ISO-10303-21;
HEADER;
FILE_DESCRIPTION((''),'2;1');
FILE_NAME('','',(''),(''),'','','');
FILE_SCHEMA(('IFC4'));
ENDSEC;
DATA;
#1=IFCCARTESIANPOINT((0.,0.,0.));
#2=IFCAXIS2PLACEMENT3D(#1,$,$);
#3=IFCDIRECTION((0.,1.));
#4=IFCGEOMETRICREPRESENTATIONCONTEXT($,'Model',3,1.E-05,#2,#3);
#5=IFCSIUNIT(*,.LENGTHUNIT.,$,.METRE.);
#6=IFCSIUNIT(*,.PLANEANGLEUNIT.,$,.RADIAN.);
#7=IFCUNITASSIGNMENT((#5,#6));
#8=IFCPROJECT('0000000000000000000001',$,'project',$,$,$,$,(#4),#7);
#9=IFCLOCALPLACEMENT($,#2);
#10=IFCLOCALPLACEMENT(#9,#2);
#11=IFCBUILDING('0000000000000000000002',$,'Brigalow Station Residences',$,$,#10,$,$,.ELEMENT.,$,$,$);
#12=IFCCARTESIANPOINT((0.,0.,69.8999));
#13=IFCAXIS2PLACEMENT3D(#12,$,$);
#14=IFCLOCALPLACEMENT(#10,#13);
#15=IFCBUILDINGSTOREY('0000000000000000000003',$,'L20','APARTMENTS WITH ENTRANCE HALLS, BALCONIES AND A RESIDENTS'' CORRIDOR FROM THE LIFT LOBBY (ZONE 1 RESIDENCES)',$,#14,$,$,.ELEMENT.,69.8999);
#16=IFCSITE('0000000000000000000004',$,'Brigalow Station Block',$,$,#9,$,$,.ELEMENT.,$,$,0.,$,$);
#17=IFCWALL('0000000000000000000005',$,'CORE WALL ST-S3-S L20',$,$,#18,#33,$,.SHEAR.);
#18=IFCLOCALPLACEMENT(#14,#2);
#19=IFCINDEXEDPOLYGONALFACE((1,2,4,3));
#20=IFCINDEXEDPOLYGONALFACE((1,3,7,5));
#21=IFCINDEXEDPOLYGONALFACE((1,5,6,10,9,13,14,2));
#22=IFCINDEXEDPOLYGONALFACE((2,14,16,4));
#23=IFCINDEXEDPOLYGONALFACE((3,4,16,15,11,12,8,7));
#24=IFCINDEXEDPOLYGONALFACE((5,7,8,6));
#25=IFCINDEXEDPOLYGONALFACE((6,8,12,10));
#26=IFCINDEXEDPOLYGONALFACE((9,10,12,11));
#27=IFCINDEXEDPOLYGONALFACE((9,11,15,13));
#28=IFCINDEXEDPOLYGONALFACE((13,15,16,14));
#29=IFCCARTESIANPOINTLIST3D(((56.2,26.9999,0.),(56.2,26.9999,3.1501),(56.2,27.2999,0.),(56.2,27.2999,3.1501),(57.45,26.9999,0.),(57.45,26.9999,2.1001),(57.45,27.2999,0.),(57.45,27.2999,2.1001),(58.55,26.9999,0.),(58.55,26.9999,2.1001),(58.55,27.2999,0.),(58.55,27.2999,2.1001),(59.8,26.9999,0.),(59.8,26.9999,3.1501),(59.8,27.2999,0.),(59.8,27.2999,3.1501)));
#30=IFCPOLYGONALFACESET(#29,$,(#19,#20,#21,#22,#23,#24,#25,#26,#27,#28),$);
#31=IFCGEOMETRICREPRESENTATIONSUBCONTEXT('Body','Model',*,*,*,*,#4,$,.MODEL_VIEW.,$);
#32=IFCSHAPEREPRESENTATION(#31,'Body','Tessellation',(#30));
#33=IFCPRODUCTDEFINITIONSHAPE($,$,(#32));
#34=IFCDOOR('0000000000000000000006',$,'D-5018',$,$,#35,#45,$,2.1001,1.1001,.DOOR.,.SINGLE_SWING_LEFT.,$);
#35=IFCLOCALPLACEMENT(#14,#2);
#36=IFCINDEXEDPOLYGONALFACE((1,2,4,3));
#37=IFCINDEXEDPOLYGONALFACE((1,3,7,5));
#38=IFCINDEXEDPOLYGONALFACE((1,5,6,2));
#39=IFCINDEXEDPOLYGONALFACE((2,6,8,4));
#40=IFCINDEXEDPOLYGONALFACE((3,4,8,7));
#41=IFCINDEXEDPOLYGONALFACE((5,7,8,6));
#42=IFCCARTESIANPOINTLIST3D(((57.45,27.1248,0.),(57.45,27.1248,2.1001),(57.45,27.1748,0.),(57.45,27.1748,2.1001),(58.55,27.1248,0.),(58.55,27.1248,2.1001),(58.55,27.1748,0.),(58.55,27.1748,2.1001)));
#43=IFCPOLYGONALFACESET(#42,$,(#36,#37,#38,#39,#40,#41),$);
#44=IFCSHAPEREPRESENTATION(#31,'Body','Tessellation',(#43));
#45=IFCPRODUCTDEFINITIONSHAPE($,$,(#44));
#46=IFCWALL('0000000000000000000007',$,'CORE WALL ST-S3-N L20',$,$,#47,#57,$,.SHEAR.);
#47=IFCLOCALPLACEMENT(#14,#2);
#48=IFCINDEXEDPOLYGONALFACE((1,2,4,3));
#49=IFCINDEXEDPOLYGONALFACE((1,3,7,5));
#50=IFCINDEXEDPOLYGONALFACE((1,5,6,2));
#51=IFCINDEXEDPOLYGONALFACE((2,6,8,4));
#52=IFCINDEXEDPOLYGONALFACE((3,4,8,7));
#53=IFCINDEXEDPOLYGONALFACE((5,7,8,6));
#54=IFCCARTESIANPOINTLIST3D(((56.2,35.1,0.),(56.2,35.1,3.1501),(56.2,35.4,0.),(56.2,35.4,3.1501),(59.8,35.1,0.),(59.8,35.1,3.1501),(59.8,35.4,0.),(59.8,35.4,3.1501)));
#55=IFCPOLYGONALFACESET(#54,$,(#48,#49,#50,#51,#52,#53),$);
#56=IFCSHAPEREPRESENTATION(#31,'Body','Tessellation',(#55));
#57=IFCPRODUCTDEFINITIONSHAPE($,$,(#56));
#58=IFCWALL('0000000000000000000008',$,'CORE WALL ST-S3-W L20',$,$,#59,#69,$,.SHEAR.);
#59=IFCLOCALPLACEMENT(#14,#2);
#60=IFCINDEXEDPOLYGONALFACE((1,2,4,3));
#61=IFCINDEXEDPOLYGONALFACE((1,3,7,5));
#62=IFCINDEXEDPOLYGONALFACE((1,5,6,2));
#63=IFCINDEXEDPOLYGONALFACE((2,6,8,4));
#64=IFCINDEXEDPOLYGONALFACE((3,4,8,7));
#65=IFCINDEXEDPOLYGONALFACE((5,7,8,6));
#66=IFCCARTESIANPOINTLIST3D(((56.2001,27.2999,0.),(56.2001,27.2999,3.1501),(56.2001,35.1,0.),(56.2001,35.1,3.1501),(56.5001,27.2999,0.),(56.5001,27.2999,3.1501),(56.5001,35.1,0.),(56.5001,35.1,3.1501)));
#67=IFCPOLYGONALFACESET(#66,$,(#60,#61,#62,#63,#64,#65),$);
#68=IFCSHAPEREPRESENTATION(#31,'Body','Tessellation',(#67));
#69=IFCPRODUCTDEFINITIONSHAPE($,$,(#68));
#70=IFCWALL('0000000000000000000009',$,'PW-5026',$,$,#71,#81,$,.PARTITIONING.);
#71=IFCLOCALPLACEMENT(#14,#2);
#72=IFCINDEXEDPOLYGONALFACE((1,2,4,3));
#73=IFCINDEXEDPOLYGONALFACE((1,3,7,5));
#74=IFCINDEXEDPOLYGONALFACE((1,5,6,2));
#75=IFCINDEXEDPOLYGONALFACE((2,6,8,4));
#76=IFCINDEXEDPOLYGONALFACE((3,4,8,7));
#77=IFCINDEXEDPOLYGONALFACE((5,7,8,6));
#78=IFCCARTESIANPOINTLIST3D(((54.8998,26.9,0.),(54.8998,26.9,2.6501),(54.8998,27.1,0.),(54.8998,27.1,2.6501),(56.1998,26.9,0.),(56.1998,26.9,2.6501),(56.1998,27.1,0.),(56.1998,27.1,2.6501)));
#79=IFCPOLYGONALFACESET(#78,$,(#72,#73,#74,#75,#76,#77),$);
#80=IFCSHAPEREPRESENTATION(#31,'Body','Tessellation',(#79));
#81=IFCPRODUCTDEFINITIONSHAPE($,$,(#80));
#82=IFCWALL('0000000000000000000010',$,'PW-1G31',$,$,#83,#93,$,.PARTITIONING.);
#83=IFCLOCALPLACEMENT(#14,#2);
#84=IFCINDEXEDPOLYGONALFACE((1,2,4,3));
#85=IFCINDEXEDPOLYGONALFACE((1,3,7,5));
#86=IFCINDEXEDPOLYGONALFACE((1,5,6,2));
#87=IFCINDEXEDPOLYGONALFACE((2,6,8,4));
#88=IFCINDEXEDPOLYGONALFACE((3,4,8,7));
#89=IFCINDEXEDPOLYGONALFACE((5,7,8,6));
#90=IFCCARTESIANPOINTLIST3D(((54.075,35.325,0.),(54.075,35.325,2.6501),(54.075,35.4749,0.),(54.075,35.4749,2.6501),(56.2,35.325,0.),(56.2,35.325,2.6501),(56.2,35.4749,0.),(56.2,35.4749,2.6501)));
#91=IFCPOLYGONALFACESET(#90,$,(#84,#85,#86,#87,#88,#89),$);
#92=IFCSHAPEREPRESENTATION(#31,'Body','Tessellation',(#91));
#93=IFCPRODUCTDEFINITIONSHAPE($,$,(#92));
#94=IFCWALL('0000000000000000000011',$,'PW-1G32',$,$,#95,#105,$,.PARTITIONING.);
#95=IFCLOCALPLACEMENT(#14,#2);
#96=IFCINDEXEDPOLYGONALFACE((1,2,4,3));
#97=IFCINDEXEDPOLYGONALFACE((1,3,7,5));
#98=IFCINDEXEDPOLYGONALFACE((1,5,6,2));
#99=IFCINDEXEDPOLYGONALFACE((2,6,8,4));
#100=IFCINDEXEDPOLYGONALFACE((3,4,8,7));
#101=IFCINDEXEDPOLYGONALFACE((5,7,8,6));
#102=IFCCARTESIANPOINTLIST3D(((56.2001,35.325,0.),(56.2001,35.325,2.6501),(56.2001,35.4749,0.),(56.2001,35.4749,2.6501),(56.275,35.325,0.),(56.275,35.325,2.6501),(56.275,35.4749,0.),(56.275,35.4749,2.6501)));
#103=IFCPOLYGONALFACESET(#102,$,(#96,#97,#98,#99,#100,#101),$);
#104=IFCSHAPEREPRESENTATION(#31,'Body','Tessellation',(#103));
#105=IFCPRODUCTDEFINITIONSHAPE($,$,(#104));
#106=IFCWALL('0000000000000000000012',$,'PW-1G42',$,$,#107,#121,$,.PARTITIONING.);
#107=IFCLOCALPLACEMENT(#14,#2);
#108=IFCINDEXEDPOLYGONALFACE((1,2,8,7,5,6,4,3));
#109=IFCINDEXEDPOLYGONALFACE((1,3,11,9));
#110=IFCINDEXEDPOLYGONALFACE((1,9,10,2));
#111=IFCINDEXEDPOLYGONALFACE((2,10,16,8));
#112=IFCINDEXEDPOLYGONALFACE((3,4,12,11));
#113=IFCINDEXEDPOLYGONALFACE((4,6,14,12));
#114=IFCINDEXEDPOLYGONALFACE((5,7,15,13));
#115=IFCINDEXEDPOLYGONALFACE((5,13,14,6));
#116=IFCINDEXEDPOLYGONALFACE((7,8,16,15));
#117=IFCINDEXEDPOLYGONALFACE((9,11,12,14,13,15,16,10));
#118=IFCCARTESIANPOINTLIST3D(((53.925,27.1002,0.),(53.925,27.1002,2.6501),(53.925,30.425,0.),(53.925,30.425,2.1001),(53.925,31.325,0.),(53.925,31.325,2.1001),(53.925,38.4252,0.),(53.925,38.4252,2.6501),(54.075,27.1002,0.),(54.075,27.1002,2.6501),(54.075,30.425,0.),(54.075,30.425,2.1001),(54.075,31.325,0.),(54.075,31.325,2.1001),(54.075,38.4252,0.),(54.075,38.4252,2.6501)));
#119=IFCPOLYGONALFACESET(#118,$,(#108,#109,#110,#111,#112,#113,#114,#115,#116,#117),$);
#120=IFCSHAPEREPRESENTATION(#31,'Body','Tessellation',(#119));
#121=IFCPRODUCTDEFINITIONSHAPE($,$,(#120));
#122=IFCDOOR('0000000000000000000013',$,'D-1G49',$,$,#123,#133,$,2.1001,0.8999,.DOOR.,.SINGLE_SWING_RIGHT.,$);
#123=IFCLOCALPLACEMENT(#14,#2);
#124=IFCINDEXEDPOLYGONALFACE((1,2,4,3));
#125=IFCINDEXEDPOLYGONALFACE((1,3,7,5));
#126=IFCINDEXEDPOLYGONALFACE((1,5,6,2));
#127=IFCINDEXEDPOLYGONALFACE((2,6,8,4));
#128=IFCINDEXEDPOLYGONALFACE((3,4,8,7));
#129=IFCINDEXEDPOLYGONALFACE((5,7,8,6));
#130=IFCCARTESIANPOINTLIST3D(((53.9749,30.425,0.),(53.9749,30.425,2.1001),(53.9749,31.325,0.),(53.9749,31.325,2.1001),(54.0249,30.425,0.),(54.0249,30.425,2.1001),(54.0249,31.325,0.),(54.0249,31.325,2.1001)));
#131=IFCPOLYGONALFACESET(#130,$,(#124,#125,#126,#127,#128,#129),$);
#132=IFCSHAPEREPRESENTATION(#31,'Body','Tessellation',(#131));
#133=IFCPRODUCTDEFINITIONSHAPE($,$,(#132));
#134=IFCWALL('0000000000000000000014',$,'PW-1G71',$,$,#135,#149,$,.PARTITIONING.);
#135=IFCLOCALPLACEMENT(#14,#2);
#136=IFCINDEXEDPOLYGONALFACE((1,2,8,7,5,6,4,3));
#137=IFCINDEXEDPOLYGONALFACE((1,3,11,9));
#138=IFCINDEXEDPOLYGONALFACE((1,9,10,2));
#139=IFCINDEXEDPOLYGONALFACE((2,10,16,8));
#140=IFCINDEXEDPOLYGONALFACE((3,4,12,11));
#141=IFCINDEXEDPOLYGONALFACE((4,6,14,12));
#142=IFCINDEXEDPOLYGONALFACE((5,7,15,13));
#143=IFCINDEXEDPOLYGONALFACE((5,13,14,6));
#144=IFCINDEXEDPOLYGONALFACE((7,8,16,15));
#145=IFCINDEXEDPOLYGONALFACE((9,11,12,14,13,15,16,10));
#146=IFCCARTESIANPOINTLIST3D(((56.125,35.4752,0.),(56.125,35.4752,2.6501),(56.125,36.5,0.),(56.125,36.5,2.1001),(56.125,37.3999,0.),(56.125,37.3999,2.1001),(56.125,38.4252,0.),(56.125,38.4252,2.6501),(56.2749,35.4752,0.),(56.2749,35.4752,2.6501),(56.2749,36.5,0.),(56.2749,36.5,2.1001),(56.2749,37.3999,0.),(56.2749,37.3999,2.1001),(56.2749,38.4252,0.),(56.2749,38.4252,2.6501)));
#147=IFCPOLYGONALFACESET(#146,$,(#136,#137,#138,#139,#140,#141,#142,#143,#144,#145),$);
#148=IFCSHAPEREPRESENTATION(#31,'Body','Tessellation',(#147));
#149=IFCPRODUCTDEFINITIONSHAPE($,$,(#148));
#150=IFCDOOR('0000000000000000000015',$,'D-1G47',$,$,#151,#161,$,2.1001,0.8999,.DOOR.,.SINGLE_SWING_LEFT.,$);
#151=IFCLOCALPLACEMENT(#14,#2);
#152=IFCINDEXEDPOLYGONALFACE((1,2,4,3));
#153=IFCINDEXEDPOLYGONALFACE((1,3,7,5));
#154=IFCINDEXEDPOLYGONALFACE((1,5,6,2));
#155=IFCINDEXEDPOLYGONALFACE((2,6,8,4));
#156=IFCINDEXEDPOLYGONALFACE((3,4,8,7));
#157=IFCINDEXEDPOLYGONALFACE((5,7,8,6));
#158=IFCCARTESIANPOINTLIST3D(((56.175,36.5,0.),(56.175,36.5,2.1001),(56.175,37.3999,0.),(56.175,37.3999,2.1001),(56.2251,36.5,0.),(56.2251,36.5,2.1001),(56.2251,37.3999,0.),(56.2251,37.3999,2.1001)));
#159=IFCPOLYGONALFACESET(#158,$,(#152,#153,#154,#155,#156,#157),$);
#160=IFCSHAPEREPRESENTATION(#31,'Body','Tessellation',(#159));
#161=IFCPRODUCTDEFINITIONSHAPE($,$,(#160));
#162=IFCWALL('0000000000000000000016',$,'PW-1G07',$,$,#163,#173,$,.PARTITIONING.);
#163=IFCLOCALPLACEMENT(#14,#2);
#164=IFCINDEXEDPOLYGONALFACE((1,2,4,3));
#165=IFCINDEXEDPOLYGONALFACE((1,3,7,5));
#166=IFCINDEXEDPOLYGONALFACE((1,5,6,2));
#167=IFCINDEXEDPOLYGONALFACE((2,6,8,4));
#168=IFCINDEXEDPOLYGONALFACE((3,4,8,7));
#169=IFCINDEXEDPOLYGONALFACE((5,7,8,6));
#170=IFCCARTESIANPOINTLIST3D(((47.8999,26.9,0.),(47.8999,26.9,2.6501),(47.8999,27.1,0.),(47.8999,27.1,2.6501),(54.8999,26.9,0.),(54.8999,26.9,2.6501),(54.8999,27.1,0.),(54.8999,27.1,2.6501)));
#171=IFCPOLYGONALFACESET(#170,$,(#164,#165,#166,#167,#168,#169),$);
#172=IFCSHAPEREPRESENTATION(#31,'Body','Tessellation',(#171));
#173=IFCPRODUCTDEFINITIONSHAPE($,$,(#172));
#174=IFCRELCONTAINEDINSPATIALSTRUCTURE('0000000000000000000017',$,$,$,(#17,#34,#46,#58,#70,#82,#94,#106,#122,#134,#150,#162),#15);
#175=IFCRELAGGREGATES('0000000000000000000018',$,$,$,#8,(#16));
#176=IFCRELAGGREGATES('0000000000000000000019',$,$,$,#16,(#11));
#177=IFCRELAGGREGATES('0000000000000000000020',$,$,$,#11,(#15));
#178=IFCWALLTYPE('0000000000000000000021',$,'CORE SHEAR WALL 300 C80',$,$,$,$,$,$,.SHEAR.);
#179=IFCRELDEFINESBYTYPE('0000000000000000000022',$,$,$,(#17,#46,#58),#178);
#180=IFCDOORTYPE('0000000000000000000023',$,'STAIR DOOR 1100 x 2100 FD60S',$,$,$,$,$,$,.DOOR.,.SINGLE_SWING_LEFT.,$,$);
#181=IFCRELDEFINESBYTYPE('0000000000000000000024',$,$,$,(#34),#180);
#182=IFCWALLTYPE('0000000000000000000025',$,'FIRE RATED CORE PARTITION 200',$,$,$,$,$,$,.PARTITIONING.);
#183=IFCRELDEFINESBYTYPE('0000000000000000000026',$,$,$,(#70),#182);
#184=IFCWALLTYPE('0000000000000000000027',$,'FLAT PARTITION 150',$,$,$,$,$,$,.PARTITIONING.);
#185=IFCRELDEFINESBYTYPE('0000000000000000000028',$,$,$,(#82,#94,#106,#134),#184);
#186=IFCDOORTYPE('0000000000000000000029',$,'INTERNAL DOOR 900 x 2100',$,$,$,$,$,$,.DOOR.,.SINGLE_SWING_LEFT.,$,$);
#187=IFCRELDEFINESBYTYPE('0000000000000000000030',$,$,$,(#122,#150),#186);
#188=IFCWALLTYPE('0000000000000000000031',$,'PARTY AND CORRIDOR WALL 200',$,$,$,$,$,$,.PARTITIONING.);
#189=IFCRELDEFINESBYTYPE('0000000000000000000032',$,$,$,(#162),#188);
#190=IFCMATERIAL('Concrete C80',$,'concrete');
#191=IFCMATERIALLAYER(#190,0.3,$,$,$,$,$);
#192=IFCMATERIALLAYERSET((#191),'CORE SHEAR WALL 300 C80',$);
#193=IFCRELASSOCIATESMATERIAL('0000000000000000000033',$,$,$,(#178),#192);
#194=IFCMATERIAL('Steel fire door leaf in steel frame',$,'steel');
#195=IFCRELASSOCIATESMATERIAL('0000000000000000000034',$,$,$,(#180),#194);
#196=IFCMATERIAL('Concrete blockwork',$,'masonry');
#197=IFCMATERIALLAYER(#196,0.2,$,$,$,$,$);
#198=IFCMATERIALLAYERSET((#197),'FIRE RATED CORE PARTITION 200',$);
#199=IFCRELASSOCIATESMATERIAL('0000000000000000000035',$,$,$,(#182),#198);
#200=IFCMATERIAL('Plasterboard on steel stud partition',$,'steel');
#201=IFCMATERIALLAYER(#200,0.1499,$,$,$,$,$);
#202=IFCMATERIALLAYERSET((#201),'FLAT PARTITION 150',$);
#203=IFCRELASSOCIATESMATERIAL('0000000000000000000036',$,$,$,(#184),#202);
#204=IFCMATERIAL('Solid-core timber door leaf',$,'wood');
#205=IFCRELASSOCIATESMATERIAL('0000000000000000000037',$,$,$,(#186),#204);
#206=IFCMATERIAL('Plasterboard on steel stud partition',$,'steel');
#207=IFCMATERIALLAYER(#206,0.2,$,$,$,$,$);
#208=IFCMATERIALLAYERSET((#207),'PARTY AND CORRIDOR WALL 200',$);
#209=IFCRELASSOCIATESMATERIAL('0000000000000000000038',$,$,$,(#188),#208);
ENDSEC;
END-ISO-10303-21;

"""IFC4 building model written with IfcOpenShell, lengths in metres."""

from ifc_helpers import new_model, si_unit, direction, frame, frame_2d, origin, place, context, subcontext, project, spatial, rectangle, extrude, material, layer, layer_set, type_object, element, fill, save


model = new_model("IFC4")

# Units and contexts
model_context = context("Model", 3, precision=1e-05, world=origin(), true_north=direction((0.0, 1.0)))
body_context = subcontext(model_context, "Body", "Model", "MODEL_VIEW")
ifc_project = project(units=[si_unit("LENGTHUNIT", "METRE"), si_unit("PLANEANGLEUNIT", "RADIAN")], contexts=[model_context])

# Site, building, storey
site_placement = place(None, origin())
site = spatial("IfcSite", under=ifc_project, at=site_placement, Name="Brigalow Station Block", CompositionType="ELEMENT", RefElevation=0.0)
building_placement = place(site_placement, origin())
building = spatial("IfcBuilding", under=site, at=building_placement, Name="Brigalow Station Residences", CompositionType="ELEMENT")
storey_placement = place(building_placement, frame((0.0, 0.0, 69.8999)))
storey = spatial("IfcBuildingStorey", under=building, at=storey_placement, Name="L20", Description="APARTMENTS WITH ENTRANCE HALLS, BALCONIES AND A RESIDENTS' CORRIDOR FROM THE LIFT LOBBY (ZONE 1 RESIDENCES)", CompositionType="ELEMENT", Elevation=69.8999)

# Wall, opening, door
ifc_material_1 = material(Name="Concrete C80", Category="concrete")
ifc_layer_1 = layer(ifc_material_1, 0.3)
ifc_layer_set_1 = layer_set([ifc_layer_1], Name="CORE SHEAR WALL 300 C80")
wall_type_1 = type_object("IfcWallType", Name="CORE SHEAR WALL 300 C80", PredefinedType="SHEAR", material=ifc_layer_set_1)
wall_1_placement = place(storey_placement, frame((56.2, 27.1499, 0.0), z_axis=(0.0, 0.0, 1.0), x_axis=(1.0, 0.0, 0.0)))
wall_1 = element("IfcWall", 1, at=wall_1_placement, inside=storey, type_object=wall_type_1, Name="CORE WALL ST-S3-S L20", PredefinedType="SHEAR", context=body_context, shape_type="SweptSolid", body=[
    extrude(rectangle(XDim=3.6001, YDim=0.3, at=frame_2d((1.8, 0.0))), origin(), (0.0, 0.0, 1.0), 3.1501),
])
opening_1_placement = place(wall_1_placement, frame((1.25, 0.0, 0.0)))
opening_1 = element("IfcOpeningElement", 2, at=opening_1_placement, cuts=wall_1, PredefinedType="OPENING", context=body_context, shape_type="SweptSolid", body=[
    extrude(rectangle(XDim=1.1001, YDim=2.1001, at=frame_2d((0.55, 1.05))), frame((0.0, 0.1602, 0.0), z_axis=(0.0, -1.0, 0.0), x_axis=(1.0, 0.0, 0.0)), (0.0, 0.0, 1.0), 0.3201),
])
ifc_material_2 = material(Name="Steel fire door leaf in steel frame", Category="steel")
door_type_1 = type_object("IfcDoorType", Name="STAIR DOOR 1100 x 2100 FD60S", OperationType="SINGLE_SWING_LEFT", PredefinedType="DOOR", material=ifc_material_2)
door_1_placement = place(opening_1_placement, origin())
door_1 = element("IfcDoor", 3, at=door_1_placement, inside=storey, type_object=door_type_1, Name="D-5018", OperationType="SINGLE_SWING_LEFT", OverallHeight=2.1001, OverallWidth=1.1001, PredefinedType="DOOR", context=body_context, shape_type="SweptSolid", body=[
    extrude(rectangle(XDim=1.1001, YDim=2.1001, at=frame_2d((0.55, 1.05))), frame((0.0, 0.0249, 0.0), z_axis=(0.0, -1.0, 0.0), x_axis=(1.0, 0.0, 0.0)), (0.0, 0.0, 1.0), 0.05),
])
fill(opening_1, door_1)

# Walls
wall_2_placement = place(storey_placement, frame((56.2, 35.25, 0.0), z_axis=(0.0, 0.0, 1.0), x_axis=(1.0, 0.0, 0.0)))
element("IfcWall", 4, at=wall_2_placement, inside=storey, type_object=wall_type_1, Name="CORE WALL ST-S3-N L20", PredefinedType="SHEAR", context=body_context, shape_type="SweptSolid", body=[
    extrude(rectangle(XDim=3.6001, YDim=0.3, at=frame_2d((1.8, 0.0))), origin(), (0.0, 0.0, 1.0), 3.1501),
])
wall_3_placement = place(storey_placement, frame((56.3501, 27.3, 0.0), z_axis=(0.0, 0.0, 1.0), x_axis=(0.0, 1.0, 0.0)))
element("IfcWall", 5, at=wall_3_placement, inside=storey, type_object=wall_type_1, Name="CORE WALL ST-S3-W L20", PredefinedType="SHEAR", context=body_context, shape_type="SweptSolid", body=[
    extrude(rectangle(XDim=7.8, YDim=0.3, at=frame_2d((3.8999, 0.0))), origin(), (0.0, 0.0, 1.0), 3.1501),
])
ifc_material_3 = material(Name="Concrete blockwork", Category="masonry")
ifc_layer_2 = layer(ifc_material_3, 0.2)
ifc_layer_set_2 = layer_set([ifc_layer_2], Name="FIRE RATED CORE PARTITION 200")
wall_type_2 = type_object("IfcWallType", Name="FIRE RATED CORE PARTITION 200", PredefinedType="PARTITIONING", material=ifc_layer_set_2)
wall_4_placement = place(storey_placement, frame((54.8999, 27.0, 0.0), z_axis=(0.0, 0.0, 1.0), x_axis=(1.0, 0.0, 0.0)))
element("IfcWall", 6, at=wall_4_placement, inside=storey, type_object=wall_type_2, Name="PW-5026", PredefinedType="PARTITIONING", context=body_context, shape_type="SweptSolid", body=[
    extrude(rectangle(XDim=1.3, YDim=0.2, at=frame_2d((0.6499, 0.0))), origin(), (0.0, 0.0, 1.0), 2.6501),
])
ifc_material_4 = material(Name="Plasterboard on steel stud partition", Category="steel")
ifc_layer_3 = layer(ifc_material_4, 0.1499)
ifc_layer_set_3 = layer_set([ifc_layer_3], Name="FLAT PARTITION 150")
wall_type_3 = type_object("IfcWallType", Name="FLAT PARTITION 150", PredefinedType="PARTITIONING", material=ifc_layer_set_3)
wall_5_placement = place(storey_placement, frame((54.075, 35.3999, 0.0), z_axis=(0.0, 0.0, 1.0), x_axis=(1.0, 0.0, 0.0)))
element("IfcWall", 7, at=wall_5_placement, inside=storey, type_object=wall_type_3, Name="PW-1G31", PredefinedType="PARTITIONING", context=body_context, shape_type="SweptSolid", body=[
    extrude(rectangle(XDim=2.125, YDim=0.1499, at=frame_2d((1.0625, 0.0))), origin(), (0.0, 0.0, 1.0), 2.6501),
])
wall_6_placement = place(storey_placement, frame((56.2, 35.3999, 0.0), z_axis=(0.0, 0.0, 1.0), x_axis=(1.0, 0.0, 0.0)))
element("IfcWall", 8, at=wall_6_placement, inside=storey, type_object=wall_type_3, Name="PW-1G32", PredefinedType="PARTITIONING", context=body_context, shape_type="SweptSolid", body=[
    extrude(rectangle(XDim=0.075, YDim=0.1499, at=frame_2d((0.0376, 0.0))), origin(), (0.0, 0.0, 1.0), 2.6501),
])

# Walls, openings, doors
wall_7_placement = place(storey_placement, frame((54.0, 27.1001, 0.0), z_axis=(0.0, 0.0, 1.0), x_axis=(0.0, 1.0, 0.0)))
wall_7 = element("IfcWall", 9, at=wall_7_placement, inside=storey, type_object=wall_type_3, Name="PW-1G42", PredefinedType="PARTITIONING", context=body_context, shape_type="SweptSolid", body=[
    extrude(rectangle(XDim=11.325, YDim=0.1499, at=frame_2d((5.6626, 0.0))), origin(), (0.0, 0.0, 1.0), 2.6501),
])
opening_2_placement = place(wall_7_placement, frame((3.325, 0.0, 0.0)))
opening_2 = element("IfcOpeningElement", 10, at=opening_2_placement, cuts=wall_7, PredefinedType="OPENING", context=body_context, shape_type="SweptSolid", body=[
    extrude(rectangle(XDim=0.8999, YDim=2.1001, at=frame_2d((0.45, 1.05))), frame((0.0, 0.085, 0.0), z_axis=(0.0, -1.0, 0.0), x_axis=(1.0, 0.0, 0.0)), (0.0, 0.0, 1.0), 0.1699),
])
ifc_material_5 = material(Name="Solid-core timber door leaf", Category="wood")
door_type_2 = type_object("IfcDoorType", Name="INTERNAL DOOR 900 x 2100", OperationType="SINGLE_SWING_LEFT", PredefinedType="DOOR", material=ifc_material_5)
door_2_placement = place(opening_2_placement, frame((0.8999, 0.0, 0.0), z_axis=(0.0, 0.0, 1.0), x_axis=(-1.0, 0.0, 0.0)))
door_2 = element("IfcDoor", 11, at=door_2_placement, inside=storey, type_object=door_type_2, Name="D-1G49", OperationType="SINGLE_SWING_RIGHT", OverallHeight=2.1001, OverallWidth=0.8999, PredefinedType="DOOR", context=body_context, shape_type="SweptSolid", body=[
    extrude(rectangle(XDim=0.8999, YDim=2.1001, at=frame_2d((0.45, 1.05))), frame((0.0, 0.0249, 0.0), z_axis=(0.0, -1.0, 0.0), x_axis=(1.0, 0.0, 0.0)), (0.0, 0.0, 1.0), 0.05),
])
fill(opening_2, door_2)
wall_8_placement = place(storey_placement, frame((56.2, 35.4751, 0.0), z_axis=(0.0, 0.0, 1.0), x_axis=(0.0, 1.0, 0.0)))
wall_8 = element("IfcWall", 12, at=wall_8_placement, inside=storey, type_object=wall_type_3, Name="PW-1G71", PredefinedType="PARTITIONING", context=body_context, shape_type="SweptSolid", body=[
    extrude(rectangle(XDim=2.95, YDim=0.1499, at=frame_2d((1.4751, 0.0))), origin(), (0.0, 0.0, 1.0), 2.6501),
])
opening_3_placement = place(wall_8_placement, frame((1.0249, 0.0, 0.0)))
opening_3 = element("IfcOpeningElement", 13, at=opening_3_placement, cuts=wall_8, PredefinedType="OPENING", context=body_context, shape_type="SweptSolid", body=[
    extrude(rectangle(XDim=0.8999, YDim=2.1001, at=frame_2d((0.45, 1.05))), frame((0.0, 0.085, 0.0), z_axis=(0.0, -1.0, 0.0), x_axis=(1.0, 0.0, 0.0)), (0.0, 0.0, 1.0), 0.1699),
])
door_3_placement = place(opening_3_placement, origin())
door_3 = element("IfcDoor", 14, at=door_3_placement, inside=storey, type_object=door_type_2, Name="D-1G47", OperationType="SINGLE_SWING_LEFT", OverallHeight=2.1001, OverallWidth=0.8999, PredefinedType="DOOR", context=body_context, shape_type="SweptSolid", body=[
    extrude(rectangle(XDim=0.8999, YDim=2.1001, at=frame_2d((0.45, 1.05))), frame((0.0, 0.0249, 0.0), z_axis=(0.0, -1.0, 0.0), x_axis=(1.0, 0.0, 0.0)), (0.0, 0.0, 1.0), 0.05),
])
fill(opening_3, door_3)

# Wall
ifc_material_6 = material(Name="Plasterboard on steel stud partition", Category="steel")
ifc_layer_4 = layer(ifc_material_6, 0.2)
ifc_layer_set_4 = layer_set([ifc_layer_4], Name="PARTY AND CORRIDOR WALL 200")
wall_type_4 = type_object("IfcWallType", Name="PARTY AND CORRIDOR WALL 200", PredefinedType="PARTITIONING", material=ifc_layer_set_4)
wall_9_placement = place(storey_placement, frame((47.8999, 27.0, 0.0), z_axis=(0.0, 0.0, 1.0), x_axis=(1.0, 0.0, 0.0)))
element("IfcWall", 15, at=wall_9_placement, inside=storey, type_object=wall_type_4, Name="PW-1G07", PredefinedType="PARTITIONING", context=body_context, shape_type="SweptSolid", body=[
    extrude(rectangle(XDim=7.0, YDim=0.2, at=frame_2d((3.5, 0.0))), origin(), (0.0, 0.0, 1.0), 2.6501),
])

save(model, "model.ifc")
